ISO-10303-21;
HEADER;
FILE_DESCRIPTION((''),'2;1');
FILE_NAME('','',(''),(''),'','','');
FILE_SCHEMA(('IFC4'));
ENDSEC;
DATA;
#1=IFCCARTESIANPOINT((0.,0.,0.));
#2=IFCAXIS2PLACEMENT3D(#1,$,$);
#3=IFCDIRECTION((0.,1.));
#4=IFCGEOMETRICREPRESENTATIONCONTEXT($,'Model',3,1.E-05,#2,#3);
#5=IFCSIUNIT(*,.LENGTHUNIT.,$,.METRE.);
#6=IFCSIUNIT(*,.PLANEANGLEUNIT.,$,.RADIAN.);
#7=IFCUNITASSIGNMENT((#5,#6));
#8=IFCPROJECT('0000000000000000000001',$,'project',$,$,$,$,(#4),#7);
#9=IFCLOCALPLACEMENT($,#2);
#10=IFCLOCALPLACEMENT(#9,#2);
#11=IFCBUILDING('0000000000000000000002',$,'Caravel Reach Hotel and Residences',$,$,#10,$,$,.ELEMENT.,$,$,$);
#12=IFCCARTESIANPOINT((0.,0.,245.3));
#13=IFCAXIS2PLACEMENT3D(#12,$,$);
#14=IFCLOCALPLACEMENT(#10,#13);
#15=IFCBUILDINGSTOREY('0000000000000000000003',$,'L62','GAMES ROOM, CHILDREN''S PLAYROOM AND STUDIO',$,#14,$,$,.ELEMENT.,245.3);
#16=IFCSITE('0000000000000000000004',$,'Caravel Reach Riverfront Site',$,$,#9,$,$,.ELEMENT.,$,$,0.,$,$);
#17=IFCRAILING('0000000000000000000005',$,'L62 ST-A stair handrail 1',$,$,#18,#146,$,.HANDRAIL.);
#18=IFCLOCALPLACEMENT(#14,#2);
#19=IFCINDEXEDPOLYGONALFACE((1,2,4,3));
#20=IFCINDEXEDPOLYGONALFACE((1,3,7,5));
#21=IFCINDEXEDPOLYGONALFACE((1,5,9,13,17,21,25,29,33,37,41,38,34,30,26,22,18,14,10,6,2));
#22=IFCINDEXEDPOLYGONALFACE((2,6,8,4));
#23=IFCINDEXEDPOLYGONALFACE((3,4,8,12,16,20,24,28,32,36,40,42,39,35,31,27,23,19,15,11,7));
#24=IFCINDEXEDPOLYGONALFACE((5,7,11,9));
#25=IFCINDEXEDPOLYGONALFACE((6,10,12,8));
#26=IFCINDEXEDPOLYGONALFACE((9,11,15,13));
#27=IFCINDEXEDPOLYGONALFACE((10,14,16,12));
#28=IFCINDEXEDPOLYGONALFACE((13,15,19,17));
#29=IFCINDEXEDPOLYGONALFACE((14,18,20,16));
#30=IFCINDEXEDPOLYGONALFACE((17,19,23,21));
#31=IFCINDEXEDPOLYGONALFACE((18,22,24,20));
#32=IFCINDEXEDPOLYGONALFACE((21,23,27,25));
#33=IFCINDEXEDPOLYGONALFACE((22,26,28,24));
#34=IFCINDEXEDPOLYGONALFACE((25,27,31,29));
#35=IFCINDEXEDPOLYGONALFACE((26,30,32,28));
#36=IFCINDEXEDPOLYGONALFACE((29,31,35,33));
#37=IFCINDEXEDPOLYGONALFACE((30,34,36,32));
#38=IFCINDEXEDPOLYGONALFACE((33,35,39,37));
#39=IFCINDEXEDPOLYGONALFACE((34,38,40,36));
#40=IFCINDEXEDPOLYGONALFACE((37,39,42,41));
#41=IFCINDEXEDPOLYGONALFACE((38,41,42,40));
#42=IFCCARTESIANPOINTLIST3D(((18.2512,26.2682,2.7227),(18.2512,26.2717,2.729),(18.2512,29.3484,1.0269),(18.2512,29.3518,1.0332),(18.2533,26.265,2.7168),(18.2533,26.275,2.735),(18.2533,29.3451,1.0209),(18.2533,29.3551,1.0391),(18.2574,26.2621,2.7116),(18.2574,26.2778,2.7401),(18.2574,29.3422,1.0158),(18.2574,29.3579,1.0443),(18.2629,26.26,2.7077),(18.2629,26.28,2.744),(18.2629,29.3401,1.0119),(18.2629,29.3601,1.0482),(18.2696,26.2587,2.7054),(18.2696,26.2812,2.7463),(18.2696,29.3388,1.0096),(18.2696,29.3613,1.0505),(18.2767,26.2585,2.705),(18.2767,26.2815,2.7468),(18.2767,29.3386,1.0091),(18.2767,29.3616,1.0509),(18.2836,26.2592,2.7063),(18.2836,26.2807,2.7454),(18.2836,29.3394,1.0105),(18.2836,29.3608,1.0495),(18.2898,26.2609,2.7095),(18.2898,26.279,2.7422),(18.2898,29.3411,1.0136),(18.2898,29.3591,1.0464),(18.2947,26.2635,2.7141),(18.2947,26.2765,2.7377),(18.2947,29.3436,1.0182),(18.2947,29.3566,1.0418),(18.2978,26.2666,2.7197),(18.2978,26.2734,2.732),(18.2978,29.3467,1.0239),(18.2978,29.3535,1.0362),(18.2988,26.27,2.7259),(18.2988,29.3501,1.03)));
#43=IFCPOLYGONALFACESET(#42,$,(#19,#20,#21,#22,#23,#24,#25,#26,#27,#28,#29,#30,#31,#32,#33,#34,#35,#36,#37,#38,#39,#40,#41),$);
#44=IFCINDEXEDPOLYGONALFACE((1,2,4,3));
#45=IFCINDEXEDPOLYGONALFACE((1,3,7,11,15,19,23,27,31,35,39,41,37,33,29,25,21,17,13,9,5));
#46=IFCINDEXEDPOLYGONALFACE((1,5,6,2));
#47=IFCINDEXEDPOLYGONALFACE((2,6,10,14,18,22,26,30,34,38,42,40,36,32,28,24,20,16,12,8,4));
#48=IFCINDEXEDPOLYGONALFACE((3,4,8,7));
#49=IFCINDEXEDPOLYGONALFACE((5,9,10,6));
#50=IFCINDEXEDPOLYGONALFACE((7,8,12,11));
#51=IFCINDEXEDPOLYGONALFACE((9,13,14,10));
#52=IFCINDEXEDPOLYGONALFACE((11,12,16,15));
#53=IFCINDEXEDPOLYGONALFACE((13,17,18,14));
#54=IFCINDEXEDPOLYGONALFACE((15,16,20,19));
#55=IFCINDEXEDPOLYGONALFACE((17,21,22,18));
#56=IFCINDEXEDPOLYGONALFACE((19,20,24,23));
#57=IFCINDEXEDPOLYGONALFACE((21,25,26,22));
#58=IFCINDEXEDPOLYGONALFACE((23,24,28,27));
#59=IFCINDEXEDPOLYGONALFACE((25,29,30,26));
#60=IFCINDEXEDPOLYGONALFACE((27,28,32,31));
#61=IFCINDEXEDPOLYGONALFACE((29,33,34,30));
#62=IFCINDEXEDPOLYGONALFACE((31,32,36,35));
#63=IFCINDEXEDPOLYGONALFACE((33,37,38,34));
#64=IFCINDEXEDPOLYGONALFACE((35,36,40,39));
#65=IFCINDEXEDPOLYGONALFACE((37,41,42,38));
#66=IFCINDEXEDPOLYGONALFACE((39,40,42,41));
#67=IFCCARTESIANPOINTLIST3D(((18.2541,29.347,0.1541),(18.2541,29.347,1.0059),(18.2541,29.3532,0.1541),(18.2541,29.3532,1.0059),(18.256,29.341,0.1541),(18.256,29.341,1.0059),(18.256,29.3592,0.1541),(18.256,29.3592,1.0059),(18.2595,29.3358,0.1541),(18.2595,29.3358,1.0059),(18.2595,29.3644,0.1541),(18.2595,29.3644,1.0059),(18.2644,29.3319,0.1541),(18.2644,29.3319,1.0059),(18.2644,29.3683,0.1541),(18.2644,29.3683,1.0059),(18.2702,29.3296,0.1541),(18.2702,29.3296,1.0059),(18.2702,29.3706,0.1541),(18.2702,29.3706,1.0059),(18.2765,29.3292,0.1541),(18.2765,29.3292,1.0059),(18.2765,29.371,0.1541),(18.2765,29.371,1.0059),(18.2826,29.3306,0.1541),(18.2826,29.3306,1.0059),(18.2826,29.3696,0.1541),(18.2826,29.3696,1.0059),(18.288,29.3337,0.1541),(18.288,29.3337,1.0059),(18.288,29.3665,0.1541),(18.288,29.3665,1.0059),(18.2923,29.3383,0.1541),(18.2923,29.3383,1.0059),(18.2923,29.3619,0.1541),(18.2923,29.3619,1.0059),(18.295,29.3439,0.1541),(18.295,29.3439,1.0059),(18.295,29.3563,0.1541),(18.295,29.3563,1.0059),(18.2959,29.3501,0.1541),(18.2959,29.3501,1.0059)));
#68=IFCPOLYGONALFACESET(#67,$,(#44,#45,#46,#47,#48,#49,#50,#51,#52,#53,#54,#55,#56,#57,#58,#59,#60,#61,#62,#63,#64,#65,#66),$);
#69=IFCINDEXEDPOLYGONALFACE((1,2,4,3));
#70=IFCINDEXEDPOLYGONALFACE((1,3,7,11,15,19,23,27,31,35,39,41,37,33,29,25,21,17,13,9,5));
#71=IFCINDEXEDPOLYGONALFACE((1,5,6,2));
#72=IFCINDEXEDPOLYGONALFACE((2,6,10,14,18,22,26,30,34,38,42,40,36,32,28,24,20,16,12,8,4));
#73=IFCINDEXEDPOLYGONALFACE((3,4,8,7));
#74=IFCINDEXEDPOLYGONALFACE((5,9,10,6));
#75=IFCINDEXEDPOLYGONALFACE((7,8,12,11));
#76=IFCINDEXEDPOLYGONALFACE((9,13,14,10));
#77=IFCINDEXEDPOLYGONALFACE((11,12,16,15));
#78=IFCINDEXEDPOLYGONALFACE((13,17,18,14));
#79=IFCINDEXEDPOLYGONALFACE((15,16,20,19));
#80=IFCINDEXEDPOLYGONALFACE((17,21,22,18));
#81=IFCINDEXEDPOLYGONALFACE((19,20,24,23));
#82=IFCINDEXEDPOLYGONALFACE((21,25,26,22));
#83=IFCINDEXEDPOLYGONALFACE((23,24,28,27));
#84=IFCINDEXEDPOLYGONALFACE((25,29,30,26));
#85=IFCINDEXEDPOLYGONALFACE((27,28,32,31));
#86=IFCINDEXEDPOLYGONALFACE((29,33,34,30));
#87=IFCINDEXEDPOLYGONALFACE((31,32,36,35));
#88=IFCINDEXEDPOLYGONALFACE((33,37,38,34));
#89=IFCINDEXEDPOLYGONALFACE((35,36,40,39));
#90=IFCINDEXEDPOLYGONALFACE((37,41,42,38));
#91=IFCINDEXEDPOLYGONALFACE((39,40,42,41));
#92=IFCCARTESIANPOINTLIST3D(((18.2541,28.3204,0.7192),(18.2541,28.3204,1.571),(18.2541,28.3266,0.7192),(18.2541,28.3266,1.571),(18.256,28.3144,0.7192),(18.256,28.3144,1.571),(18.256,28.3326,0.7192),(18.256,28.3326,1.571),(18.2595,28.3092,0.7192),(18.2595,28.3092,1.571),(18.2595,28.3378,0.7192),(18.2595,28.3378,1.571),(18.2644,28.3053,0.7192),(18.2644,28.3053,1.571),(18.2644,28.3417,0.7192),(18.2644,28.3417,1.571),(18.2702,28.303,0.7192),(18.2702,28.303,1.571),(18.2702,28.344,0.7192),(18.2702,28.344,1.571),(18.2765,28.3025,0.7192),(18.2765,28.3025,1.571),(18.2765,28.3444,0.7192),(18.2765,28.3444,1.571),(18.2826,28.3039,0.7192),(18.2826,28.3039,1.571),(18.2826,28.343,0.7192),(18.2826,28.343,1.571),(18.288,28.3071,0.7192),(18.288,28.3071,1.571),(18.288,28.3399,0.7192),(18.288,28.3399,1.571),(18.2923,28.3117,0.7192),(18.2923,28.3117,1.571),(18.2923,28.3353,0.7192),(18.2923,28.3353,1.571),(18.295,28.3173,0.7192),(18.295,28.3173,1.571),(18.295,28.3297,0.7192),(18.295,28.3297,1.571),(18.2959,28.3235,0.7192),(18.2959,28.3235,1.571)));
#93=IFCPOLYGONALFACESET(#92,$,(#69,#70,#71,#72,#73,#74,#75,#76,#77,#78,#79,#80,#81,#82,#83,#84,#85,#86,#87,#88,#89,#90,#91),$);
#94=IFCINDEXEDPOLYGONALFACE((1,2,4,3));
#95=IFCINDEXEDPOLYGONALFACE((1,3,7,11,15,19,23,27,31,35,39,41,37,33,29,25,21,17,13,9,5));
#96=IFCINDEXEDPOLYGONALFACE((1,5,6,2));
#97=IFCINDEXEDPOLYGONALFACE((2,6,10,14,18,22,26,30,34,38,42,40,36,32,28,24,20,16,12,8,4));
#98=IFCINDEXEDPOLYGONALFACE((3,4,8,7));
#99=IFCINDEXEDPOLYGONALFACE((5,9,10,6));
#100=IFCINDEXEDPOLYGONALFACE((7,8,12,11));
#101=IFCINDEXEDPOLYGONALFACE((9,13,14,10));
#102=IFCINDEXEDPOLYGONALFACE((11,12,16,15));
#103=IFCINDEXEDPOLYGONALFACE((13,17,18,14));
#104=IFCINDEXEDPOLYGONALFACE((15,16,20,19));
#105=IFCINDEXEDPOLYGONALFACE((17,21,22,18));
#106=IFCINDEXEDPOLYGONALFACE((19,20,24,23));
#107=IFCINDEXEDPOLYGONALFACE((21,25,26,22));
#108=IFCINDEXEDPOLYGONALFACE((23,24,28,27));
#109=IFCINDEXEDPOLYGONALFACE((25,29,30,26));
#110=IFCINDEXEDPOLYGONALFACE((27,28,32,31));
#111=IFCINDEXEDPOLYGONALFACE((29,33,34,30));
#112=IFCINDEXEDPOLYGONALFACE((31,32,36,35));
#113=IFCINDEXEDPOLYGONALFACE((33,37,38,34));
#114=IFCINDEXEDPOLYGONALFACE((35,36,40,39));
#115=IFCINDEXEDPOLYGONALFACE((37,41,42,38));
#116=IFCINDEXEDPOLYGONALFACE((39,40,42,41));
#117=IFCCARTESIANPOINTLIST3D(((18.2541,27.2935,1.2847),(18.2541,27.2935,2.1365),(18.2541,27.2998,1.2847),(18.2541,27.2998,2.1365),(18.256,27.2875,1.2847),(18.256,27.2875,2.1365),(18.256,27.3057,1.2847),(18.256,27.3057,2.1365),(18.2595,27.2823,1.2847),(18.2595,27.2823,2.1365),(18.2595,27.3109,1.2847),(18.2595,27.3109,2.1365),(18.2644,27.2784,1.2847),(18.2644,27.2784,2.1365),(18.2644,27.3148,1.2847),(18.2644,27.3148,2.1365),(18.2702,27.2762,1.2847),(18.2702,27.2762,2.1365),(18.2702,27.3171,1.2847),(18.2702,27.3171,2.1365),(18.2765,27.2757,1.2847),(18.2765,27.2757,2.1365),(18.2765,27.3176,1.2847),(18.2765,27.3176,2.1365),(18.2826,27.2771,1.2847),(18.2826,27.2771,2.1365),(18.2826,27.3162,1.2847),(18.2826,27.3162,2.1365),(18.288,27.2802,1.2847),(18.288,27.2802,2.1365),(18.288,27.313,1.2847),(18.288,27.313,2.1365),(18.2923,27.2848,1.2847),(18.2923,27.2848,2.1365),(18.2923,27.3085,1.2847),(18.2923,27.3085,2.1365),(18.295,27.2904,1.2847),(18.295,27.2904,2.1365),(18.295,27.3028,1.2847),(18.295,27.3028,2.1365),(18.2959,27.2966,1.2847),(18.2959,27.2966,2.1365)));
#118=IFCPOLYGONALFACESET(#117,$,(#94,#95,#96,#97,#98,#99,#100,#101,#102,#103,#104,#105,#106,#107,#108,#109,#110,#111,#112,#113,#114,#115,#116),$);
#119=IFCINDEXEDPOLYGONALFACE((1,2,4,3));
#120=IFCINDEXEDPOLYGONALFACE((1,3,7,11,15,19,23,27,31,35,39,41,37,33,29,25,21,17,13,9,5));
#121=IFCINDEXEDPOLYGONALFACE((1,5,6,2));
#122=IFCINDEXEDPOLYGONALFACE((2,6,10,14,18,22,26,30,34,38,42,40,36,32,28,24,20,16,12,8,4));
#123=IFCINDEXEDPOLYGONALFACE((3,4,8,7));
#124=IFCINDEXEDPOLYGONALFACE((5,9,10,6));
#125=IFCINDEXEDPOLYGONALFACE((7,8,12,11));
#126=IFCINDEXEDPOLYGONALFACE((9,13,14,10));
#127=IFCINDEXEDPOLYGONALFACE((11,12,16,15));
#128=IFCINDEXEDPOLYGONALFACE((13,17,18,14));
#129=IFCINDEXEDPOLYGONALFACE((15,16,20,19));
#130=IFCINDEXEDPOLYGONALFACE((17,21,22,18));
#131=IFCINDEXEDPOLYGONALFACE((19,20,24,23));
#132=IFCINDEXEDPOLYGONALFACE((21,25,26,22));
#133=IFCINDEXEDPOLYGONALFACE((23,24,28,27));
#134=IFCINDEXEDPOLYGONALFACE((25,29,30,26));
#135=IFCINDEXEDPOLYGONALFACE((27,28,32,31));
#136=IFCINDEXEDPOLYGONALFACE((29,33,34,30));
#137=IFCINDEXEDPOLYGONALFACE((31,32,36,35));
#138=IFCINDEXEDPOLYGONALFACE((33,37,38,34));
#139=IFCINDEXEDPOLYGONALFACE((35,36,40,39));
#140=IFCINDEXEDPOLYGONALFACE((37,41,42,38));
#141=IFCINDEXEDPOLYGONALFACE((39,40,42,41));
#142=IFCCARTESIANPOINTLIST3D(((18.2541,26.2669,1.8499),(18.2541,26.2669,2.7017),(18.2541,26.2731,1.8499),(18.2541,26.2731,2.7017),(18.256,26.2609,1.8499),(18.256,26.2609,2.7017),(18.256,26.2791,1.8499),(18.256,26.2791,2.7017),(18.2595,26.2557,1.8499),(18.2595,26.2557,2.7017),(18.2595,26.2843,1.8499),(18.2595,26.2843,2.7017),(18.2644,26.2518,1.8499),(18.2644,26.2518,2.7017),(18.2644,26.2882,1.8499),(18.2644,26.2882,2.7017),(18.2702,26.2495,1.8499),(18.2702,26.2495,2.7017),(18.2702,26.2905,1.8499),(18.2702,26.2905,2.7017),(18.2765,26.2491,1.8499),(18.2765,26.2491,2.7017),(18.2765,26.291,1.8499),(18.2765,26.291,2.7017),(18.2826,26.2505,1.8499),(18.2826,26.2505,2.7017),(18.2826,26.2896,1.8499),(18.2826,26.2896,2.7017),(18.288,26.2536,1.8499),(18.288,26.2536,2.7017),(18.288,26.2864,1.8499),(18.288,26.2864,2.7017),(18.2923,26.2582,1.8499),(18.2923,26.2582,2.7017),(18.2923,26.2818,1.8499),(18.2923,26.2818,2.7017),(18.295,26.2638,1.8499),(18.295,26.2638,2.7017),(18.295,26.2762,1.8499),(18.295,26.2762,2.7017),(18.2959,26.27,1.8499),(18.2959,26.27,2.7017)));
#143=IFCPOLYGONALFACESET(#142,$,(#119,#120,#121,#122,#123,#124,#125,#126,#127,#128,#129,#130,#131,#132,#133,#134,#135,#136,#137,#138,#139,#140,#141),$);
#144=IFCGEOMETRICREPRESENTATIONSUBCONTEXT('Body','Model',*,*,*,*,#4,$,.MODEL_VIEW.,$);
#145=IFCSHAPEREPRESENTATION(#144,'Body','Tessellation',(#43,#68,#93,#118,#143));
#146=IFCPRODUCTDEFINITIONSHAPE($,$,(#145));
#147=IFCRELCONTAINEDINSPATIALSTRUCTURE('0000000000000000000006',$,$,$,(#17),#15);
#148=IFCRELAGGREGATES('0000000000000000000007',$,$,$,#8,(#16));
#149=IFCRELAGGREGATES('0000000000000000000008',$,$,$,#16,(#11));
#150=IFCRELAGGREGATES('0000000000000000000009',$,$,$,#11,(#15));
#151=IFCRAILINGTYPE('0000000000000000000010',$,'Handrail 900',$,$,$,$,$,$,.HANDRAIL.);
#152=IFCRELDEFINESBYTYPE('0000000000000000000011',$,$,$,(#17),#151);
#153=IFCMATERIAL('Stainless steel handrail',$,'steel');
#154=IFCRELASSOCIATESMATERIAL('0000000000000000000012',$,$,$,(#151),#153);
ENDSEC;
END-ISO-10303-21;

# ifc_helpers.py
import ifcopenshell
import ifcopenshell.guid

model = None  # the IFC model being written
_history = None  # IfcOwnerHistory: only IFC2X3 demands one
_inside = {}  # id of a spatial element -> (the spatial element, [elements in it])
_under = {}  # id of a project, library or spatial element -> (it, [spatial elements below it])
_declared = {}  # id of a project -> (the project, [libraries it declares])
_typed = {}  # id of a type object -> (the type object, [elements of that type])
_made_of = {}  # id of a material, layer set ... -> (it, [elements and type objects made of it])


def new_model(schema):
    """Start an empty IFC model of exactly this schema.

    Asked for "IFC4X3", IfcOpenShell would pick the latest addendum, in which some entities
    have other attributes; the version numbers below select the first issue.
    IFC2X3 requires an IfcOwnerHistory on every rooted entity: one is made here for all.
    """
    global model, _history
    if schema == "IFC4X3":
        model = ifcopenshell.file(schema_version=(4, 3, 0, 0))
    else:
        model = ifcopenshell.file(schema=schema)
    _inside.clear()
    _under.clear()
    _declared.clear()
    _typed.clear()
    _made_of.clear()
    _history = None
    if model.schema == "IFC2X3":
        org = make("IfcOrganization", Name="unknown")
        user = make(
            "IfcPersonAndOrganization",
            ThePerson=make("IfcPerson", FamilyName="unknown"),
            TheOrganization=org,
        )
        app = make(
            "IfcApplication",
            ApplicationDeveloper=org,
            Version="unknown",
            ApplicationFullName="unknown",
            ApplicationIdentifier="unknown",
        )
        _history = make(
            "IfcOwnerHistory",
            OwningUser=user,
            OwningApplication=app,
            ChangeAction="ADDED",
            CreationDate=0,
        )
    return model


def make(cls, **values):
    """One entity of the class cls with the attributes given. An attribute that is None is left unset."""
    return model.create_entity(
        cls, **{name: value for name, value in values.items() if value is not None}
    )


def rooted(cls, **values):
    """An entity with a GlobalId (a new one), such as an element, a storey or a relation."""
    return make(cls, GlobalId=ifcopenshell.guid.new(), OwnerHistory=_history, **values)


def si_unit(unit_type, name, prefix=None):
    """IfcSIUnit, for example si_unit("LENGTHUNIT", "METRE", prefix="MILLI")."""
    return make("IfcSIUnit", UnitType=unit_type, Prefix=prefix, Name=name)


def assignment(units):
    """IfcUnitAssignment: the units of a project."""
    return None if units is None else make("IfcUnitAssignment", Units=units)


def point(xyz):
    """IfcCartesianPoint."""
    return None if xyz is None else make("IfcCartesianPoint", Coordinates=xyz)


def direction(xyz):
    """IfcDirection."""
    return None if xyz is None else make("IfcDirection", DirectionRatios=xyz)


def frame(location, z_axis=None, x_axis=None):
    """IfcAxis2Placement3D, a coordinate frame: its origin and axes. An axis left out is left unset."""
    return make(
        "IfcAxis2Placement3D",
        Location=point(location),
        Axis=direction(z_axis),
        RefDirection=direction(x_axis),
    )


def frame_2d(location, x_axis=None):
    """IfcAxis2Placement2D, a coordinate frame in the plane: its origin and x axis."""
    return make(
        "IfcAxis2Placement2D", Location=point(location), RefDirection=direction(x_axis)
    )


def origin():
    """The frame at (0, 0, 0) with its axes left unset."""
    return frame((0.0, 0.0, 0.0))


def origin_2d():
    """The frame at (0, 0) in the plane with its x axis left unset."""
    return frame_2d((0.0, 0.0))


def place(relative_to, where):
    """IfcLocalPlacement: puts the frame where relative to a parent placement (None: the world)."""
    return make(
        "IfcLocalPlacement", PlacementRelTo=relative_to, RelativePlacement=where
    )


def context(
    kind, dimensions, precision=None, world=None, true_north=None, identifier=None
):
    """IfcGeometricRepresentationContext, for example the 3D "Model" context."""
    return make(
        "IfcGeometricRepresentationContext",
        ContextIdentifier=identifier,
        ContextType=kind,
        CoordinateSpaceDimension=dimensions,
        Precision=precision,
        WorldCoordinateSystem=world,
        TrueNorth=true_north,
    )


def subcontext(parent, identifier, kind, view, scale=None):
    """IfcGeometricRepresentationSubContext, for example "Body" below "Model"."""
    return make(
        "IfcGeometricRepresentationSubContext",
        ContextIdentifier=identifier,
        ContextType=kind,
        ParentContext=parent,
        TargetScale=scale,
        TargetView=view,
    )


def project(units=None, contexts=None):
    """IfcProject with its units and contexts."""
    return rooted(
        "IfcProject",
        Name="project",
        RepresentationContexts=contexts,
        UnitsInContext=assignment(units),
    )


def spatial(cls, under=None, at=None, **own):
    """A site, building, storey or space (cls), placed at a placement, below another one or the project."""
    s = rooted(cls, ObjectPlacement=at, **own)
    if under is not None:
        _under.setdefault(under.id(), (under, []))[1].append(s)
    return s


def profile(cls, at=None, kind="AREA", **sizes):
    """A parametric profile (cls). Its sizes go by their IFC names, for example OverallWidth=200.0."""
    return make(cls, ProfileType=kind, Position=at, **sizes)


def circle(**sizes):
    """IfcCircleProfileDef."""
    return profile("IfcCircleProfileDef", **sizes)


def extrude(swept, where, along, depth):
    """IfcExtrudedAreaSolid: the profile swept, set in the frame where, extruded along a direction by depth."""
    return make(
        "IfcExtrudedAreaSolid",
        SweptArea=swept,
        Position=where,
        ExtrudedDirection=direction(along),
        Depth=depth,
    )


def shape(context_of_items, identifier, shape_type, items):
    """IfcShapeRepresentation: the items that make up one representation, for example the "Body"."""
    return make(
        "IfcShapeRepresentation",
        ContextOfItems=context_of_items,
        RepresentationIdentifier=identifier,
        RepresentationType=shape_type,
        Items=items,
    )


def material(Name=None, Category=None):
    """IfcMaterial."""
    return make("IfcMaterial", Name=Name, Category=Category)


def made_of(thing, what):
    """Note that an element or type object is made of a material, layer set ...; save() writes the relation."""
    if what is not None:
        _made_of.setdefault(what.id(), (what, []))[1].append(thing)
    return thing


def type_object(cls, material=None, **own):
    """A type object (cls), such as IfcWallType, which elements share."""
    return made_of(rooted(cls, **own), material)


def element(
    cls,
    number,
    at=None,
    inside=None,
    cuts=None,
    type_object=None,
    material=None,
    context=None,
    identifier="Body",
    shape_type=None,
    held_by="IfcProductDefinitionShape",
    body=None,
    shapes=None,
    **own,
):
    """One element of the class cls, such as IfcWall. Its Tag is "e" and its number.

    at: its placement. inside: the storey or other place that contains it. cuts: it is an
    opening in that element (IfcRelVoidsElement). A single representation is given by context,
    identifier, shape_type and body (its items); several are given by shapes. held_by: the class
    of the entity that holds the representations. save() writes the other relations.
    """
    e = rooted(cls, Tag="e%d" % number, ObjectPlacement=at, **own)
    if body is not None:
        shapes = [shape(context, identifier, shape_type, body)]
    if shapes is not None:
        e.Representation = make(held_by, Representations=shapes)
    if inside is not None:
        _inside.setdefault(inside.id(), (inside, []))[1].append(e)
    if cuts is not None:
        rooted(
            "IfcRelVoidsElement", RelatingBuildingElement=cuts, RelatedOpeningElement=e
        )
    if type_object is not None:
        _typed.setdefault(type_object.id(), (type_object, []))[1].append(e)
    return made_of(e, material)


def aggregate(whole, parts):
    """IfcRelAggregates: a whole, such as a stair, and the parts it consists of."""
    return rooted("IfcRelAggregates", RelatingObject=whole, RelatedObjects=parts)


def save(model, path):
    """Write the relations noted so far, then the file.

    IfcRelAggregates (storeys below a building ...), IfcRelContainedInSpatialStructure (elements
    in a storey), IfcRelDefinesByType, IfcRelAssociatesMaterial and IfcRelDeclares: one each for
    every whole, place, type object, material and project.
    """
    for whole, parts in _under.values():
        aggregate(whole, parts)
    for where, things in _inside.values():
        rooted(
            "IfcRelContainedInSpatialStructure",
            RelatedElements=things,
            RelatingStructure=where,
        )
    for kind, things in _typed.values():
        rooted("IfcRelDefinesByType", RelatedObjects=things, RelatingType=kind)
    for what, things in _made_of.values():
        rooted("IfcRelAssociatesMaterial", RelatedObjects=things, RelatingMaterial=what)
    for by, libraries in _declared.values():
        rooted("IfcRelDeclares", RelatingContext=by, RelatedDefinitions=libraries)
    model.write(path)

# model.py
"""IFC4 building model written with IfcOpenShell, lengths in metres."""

from ifc_helpers import new_model, si_unit, direction, frame, origin, origin_2d, place, context, subcontext, project, spatial, circle, extrude, material, type_object, element, save


model = new_model("IFC4")

# Units and contexts
model_context = context("Model", 3, precision=1e-05, world=origin(), true_north=direction((0.0, 1.0)))
body_context = subcontext(model_context, "Body", "Model", "MODEL_VIEW")
ifc_project = project(units=[si_unit("LENGTHUNIT", "METRE"), si_unit("PLANEANGLEUNIT", "RADIAN")], contexts=[model_context])

# Site, building, storey
site_placement = place(None, origin())
site = spatial("IfcSite", under=ifc_project, at=site_placement, Name="Caravel Reach Riverfront Site", CompositionType="ELEMENT", RefElevation=0.0)
building_placement = place(site_placement, origin())
building = spatial("IfcBuilding", under=site, at=building_placement, Name="Caravel Reach Hotel and Residences", CompositionType="ELEMENT")
storey_placement = place(building_placement, frame((0.0, 0.0, 245.3)))
storey = spatial("IfcBuildingStorey", under=building, at=storey_placement, Name="L62", Description="GAMES ROOM, CHILDREN'S PLAYROOM AND STUDIO", CompositionType="ELEMENT", Elevation=245.3)

# Railing
ifc_material_1 = material(Name="Stainless steel handrail", Category="steel")
railing_type_1 = type_object("IfcRailingType", Name="Handrail 900", PredefinedType="HANDRAIL", material=ifc_material_1)
railing_1_placement = place(storey_placement, frame((18.2749, 29.3501, 0.1541)))
element("IfcRailing", 1, at=railing_1_placement, inside=storey, type_object=railing_type_1, Name="L62 ST-A stair handrail 1", PredefinedType="HANDRAIL", context=body_context, shape_type="SweptSolid", body=[
    extrude(circle(Radius=0.0239, at=origin_2d()), frame((0.0, 0.0, 0.876), z_axis=(0.0, -0.876005, 0.482303), x_axis=(1.0, 0.0, 0.0)), (0.0, 0.0, 1.0), 3.5161),
    extrude(circle(Radius=0.021, at=origin_2d()), origin(), (0.0, 0.0, 1.0), 0.8518),
    extrude(circle(Radius=0.021, at=origin_2d()), frame((0.0, -1.0266, 0.5652)), (0.0, 0.0, 1.0), 0.8518),
    extrude(circle(Radius=0.021, at=origin_2d()), frame((0.0, -2.0535, 1.1306)), (0.0, 0.0, 1.0), 0.8518),
    extrude(circle(Radius=0.021, at=origin_2d()), frame((0.0, -3.0801, 1.6958)), (0.0, 0.0, 1.0), 0.8518),
])

save(model, "model.ifc")
